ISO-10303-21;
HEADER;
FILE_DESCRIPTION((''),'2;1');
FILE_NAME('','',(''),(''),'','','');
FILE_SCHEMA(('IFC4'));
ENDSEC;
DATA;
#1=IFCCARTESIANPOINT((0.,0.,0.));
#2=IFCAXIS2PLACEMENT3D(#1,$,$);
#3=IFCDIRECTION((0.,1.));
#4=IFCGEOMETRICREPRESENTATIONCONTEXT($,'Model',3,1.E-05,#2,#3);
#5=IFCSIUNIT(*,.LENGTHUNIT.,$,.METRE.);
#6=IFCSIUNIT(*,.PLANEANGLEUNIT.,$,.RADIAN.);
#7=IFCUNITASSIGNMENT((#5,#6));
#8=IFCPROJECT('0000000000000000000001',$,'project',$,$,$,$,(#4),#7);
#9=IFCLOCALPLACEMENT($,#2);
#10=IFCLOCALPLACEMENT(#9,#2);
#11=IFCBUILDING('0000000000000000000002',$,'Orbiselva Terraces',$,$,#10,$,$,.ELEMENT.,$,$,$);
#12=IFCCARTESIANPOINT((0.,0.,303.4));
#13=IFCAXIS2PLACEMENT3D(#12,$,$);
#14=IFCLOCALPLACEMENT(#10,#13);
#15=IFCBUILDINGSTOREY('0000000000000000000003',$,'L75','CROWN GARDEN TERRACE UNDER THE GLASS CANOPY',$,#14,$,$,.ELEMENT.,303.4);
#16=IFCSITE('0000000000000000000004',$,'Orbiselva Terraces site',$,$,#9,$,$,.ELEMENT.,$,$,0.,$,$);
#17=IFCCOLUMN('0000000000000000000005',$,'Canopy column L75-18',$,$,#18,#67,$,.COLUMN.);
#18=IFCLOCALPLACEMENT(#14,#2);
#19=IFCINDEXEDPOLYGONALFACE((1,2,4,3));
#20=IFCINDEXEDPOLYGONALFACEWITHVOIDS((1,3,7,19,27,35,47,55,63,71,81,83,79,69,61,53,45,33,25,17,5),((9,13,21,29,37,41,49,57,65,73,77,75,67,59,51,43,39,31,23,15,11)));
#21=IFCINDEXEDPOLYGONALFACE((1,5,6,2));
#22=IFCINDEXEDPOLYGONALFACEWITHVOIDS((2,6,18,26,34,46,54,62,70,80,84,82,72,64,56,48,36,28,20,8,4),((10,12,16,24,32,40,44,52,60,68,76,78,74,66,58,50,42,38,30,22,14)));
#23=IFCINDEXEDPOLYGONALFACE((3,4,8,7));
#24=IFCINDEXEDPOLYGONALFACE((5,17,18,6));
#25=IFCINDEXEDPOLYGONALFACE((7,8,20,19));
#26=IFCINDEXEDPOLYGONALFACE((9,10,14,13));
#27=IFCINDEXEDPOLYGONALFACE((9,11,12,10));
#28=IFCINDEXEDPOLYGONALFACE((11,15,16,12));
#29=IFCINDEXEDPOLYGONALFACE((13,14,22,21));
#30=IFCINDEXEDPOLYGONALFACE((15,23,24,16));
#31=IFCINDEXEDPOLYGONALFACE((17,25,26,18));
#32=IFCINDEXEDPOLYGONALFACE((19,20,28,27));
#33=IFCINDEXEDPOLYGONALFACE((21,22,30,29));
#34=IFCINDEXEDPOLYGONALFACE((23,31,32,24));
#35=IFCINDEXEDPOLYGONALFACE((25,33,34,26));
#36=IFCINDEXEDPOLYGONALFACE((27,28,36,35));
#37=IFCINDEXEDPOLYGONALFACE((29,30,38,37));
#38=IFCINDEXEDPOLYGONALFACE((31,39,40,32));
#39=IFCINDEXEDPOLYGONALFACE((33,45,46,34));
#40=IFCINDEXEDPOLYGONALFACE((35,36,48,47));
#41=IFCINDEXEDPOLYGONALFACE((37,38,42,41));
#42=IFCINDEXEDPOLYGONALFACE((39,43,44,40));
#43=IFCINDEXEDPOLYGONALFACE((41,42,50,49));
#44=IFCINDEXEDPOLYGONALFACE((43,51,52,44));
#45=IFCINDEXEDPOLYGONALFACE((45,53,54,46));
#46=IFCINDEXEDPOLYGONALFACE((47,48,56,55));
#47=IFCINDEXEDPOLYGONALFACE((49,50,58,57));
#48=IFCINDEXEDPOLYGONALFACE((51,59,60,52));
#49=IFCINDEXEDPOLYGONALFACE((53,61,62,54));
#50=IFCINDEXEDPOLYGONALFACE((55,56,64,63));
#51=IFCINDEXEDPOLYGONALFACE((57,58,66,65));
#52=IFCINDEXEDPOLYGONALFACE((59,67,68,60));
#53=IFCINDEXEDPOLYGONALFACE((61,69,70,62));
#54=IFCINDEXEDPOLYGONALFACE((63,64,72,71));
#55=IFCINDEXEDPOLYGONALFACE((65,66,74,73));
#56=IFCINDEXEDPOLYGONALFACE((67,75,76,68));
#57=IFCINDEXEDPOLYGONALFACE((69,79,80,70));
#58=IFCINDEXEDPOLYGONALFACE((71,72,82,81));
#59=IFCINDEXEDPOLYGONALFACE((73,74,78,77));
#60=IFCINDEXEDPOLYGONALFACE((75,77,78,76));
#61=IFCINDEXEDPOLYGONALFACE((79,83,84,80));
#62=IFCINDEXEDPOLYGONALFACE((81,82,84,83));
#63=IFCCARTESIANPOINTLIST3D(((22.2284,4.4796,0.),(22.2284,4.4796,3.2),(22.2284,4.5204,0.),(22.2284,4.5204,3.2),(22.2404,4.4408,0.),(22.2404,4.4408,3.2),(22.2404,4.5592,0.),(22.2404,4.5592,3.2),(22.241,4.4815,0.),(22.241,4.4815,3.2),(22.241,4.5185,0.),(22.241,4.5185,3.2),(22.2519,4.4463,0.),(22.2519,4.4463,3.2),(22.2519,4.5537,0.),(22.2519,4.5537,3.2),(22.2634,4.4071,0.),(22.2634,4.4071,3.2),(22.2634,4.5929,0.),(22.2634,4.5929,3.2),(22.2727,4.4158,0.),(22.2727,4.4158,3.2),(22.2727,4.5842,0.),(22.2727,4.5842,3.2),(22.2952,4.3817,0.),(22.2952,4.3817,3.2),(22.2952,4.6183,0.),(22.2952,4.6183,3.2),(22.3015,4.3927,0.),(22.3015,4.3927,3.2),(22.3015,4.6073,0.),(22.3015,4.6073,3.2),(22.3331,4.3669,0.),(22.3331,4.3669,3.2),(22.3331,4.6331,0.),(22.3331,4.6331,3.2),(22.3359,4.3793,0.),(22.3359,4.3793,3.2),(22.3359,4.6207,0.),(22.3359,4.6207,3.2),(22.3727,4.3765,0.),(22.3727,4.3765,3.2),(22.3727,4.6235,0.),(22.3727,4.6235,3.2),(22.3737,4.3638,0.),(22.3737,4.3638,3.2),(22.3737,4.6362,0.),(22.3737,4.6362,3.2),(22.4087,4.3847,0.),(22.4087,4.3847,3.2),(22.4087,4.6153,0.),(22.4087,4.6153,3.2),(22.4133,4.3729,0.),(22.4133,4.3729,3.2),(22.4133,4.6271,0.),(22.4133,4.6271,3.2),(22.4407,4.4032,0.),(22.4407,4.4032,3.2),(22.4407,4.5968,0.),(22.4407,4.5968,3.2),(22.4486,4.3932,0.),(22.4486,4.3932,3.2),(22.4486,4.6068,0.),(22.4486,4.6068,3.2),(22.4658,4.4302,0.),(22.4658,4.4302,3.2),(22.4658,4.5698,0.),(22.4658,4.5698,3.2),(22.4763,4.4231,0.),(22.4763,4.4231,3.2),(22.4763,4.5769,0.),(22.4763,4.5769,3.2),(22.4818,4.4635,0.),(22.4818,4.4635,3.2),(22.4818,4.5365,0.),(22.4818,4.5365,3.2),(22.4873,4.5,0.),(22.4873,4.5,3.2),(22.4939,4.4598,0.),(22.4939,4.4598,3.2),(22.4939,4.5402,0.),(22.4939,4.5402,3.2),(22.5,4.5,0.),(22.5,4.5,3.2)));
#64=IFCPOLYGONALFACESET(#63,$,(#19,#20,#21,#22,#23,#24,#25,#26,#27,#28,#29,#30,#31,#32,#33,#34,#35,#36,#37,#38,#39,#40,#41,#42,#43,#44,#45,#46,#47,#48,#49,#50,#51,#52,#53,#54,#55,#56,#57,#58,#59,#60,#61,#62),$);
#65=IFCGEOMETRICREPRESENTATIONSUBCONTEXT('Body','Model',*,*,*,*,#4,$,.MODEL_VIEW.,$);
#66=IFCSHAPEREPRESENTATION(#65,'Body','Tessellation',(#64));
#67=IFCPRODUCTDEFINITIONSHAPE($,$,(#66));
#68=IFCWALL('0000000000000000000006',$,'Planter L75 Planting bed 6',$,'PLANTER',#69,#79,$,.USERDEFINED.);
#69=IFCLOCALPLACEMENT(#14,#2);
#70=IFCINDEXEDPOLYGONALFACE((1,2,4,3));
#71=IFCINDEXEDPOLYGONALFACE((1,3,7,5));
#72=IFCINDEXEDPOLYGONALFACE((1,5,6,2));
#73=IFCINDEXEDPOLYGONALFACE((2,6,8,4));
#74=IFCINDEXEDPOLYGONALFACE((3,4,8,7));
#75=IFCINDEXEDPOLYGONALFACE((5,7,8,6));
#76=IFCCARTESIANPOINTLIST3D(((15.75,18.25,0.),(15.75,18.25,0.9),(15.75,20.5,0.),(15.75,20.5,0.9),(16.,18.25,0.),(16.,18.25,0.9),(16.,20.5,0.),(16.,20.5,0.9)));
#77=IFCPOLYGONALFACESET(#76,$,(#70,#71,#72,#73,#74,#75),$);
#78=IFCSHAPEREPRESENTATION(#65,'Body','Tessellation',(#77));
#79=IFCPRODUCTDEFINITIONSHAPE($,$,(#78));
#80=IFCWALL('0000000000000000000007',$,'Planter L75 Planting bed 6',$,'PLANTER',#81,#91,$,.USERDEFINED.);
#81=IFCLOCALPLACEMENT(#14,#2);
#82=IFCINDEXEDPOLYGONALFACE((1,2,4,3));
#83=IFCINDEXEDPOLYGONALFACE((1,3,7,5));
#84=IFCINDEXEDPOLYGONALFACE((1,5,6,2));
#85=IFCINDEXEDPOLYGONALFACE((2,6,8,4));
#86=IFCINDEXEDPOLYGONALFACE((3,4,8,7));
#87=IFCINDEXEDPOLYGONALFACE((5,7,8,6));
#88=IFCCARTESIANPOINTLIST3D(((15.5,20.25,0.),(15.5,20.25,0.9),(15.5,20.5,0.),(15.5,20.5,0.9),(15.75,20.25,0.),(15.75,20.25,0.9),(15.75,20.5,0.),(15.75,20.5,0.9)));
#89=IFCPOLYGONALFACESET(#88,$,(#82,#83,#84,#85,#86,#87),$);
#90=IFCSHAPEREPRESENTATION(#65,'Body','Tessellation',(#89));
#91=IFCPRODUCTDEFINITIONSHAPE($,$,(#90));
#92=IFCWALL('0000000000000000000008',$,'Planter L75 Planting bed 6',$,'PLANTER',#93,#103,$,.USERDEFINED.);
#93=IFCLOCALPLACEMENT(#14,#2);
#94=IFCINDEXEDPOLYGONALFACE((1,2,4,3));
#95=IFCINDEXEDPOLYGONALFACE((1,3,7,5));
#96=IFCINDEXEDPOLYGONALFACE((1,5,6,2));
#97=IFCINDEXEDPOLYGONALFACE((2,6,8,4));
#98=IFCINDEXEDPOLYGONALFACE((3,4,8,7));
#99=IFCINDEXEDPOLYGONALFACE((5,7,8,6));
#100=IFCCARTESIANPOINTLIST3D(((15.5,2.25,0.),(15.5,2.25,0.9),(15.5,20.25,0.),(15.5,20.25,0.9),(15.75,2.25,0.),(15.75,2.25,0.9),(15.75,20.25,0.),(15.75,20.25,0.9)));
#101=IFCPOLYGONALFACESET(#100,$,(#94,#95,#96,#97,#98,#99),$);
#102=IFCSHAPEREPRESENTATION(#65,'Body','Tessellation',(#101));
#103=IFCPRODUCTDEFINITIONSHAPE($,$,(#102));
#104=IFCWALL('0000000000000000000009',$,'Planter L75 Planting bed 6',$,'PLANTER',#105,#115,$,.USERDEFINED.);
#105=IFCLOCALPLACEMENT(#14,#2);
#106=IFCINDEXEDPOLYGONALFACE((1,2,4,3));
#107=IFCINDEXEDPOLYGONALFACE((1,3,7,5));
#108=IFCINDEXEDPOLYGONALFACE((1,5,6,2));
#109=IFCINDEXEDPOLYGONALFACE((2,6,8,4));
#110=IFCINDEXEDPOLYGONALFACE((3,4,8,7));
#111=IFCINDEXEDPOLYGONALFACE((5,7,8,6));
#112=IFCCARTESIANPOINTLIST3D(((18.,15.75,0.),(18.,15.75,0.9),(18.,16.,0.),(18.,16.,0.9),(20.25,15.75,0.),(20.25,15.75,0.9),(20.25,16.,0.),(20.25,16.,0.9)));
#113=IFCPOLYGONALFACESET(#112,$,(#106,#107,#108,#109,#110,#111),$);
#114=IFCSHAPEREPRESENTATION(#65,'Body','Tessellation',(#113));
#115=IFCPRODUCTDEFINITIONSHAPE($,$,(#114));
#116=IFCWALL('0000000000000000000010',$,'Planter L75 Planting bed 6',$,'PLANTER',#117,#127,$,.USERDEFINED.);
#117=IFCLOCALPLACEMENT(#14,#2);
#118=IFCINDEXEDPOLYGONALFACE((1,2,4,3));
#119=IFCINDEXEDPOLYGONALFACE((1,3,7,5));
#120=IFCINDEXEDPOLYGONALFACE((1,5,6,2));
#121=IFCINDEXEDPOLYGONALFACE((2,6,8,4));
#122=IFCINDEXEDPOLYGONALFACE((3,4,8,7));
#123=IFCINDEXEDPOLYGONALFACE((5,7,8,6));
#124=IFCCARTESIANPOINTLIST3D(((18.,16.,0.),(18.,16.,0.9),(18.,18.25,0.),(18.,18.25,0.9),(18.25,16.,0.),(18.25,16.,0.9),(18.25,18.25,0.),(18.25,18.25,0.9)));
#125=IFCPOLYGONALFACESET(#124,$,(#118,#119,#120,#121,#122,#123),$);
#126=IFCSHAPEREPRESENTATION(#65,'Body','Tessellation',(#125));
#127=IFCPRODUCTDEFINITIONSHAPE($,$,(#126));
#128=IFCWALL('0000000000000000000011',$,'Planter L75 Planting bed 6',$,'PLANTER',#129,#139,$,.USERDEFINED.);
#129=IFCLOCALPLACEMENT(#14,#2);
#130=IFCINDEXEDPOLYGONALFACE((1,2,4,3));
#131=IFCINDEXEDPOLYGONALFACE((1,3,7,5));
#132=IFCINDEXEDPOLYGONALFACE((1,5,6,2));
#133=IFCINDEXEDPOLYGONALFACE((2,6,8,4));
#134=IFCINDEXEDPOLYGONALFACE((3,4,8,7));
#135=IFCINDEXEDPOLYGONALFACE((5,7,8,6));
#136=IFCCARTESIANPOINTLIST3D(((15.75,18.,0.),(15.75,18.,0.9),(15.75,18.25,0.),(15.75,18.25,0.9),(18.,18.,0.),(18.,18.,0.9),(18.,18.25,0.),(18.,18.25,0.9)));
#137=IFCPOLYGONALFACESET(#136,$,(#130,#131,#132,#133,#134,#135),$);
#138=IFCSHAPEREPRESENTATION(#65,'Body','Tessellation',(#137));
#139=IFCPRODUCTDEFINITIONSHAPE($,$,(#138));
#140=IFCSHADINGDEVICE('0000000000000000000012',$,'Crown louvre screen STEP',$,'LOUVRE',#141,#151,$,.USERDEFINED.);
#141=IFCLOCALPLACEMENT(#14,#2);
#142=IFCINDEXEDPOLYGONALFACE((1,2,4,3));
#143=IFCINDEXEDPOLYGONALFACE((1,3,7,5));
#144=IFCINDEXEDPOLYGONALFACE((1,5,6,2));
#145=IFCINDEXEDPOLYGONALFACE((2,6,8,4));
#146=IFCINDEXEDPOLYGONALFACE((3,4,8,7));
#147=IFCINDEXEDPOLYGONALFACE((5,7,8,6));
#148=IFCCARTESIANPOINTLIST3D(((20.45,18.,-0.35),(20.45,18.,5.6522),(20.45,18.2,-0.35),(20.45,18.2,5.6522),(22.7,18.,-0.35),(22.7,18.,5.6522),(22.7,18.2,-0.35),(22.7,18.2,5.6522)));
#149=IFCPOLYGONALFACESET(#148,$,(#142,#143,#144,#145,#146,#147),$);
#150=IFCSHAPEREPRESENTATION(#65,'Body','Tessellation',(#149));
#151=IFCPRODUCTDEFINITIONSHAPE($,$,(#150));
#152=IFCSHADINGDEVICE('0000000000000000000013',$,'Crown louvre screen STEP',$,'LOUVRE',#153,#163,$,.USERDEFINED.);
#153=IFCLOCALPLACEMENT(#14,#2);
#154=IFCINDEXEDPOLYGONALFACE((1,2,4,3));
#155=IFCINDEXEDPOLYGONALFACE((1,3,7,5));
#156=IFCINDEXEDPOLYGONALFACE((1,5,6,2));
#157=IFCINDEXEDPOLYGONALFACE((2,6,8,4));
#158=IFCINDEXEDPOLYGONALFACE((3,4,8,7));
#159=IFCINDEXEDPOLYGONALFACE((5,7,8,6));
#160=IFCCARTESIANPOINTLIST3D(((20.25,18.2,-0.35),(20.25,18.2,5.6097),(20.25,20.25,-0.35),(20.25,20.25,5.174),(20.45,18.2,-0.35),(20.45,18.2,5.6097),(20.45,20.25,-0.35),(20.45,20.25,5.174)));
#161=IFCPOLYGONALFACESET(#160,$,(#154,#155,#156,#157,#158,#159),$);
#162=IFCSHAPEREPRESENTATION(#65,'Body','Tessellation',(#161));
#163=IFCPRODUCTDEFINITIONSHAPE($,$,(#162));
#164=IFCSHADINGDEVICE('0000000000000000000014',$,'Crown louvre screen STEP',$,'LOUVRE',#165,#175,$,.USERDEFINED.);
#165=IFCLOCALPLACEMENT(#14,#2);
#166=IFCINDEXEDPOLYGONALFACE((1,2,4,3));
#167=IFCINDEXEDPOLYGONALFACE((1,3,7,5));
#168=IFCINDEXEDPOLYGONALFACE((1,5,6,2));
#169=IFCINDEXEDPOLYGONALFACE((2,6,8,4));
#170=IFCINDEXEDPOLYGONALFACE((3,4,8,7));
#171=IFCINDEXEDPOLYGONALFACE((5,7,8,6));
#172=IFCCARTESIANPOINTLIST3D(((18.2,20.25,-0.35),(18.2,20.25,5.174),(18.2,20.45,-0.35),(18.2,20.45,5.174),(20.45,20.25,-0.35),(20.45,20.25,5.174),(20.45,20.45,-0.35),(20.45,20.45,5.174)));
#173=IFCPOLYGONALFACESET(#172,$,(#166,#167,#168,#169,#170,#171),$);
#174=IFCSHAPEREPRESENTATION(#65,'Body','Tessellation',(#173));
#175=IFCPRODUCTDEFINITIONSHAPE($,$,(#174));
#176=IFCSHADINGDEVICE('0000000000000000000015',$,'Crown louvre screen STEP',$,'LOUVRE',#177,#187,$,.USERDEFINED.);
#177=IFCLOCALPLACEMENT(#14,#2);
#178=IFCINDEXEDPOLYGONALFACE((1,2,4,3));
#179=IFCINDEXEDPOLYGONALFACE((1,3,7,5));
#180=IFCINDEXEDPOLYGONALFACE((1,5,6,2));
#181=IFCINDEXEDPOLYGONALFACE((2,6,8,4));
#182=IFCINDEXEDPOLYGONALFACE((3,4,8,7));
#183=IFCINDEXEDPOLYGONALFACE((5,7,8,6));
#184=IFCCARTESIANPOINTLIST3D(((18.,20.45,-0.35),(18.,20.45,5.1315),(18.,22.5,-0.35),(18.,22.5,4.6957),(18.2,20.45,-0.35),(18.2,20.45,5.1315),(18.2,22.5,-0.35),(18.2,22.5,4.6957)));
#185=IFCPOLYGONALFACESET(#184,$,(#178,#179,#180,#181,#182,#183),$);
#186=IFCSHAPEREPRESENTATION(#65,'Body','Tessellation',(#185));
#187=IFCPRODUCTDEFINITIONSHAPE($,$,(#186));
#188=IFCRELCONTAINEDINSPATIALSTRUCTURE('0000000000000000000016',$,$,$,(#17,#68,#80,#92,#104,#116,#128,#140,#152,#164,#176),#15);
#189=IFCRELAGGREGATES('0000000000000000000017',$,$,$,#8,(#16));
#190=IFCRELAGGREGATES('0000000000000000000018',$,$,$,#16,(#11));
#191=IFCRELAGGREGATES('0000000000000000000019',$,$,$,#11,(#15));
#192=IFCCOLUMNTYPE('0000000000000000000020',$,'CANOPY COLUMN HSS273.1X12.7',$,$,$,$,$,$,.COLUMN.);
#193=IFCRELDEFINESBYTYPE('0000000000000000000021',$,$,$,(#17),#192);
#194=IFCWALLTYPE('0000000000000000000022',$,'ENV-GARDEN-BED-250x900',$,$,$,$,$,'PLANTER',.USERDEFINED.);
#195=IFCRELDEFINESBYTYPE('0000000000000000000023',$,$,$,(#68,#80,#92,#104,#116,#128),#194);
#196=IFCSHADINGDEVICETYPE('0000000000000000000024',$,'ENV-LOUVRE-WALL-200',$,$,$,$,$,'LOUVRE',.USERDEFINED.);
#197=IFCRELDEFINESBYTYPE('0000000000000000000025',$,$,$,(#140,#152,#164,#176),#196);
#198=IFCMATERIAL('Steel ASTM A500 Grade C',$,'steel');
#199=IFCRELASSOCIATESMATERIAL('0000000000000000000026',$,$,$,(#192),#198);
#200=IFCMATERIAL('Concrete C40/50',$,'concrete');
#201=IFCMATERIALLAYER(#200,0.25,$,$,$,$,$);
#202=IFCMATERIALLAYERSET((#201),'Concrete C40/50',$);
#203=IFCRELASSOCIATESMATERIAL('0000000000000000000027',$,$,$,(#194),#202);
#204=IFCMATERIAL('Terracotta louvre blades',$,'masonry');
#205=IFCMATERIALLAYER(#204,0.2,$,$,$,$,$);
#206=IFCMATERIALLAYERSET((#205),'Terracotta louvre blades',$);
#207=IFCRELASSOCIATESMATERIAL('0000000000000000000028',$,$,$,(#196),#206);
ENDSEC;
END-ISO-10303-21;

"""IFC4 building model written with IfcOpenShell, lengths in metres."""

from ifc_helpers import new_model, si_unit, direction, frame, frame_2d, origin, origin_2d, place, context, subcontext, project, spatial, polyline, rectangle, hollow_circle, outline, extrude, material, layer, layer_set, material_profile, profile_set, type_object, element, save


model = new_model("IFC4")

# Units and contexts
model_context = context("Model", 3, precision=1e-05, world=origin(), true_north=direction((0.0, 1.0)))
body_context = subcontext(model_context, "Body", "Model", "MODEL_VIEW")
ifc_project = project(units=[si_unit("LENGTHUNIT", "METRE"), si_unit("PLANEANGLEUNIT", "RADIAN")], contexts=[model_context])

# Site, building, storey
site_placement = place(None, origin())
site = spatial("IfcSite", under=ifc_project, at=site_placement, Name="Orbiselva Terraces site", CompositionType="ELEMENT", RefElevation=0.0)
building_placement = place(site_placement, origin())
building = spatial("IfcBuilding", under=site, at=building_placement, Name="Orbiselva Terraces", CompositionType="ELEMENT")
storey_placement = place(building_placement, frame((0.0, 0.0, 303.4)))
storey = spatial("IfcBuildingStorey", under=building, at=storey_placement, Name="L75", Description="CROWN GARDEN TERRACE UNDER THE GLASS CANOPY", CompositionType="ELEMENT", Elevation=303.4)

# Column
ifc_material_1 = material(Name="Steel ASTM A500 Grade C", Category="steel")
ifc_material_profile = material_profile(ifc_material_1, hollow_circle(Radius=0.1366, WallThickness=0.0127, at=origin_2d()), Name="HSS273.1X12.7")
ifc_profile_set = profile_set([ifc_material_profile], Name="Steel ASTM A500 Grade C")
column_type = type_object("IfcColumnType", Name="CANOPY COLUMN HSS273.1X12.7", PredefinedType="COLUMN", material=ifc_profile_set)
for number, where, z_axis, x_axis, name in (
    (1, (22.3635, 4.5, 0.0), (0.0, 0.0, 1.0), (1.0, 0.0, 0.0), "Canopy column L75-18"),
):
    element("IfcColumn", number, at=place(storey_placement, frame(where, z_axis=z_axis, x_axis=x_axis)), inside=storey, type_object=column_type, Name=name, PredefinedType="COLUMN", context=body_context, shape_type="SweptSolid", body=[
        extrude(hollow_circle(Radius=0.1366, WallThickness=0.0127, at=origin_2d()), origin(), (0.0, 0.0, 1.0), 3.2),
    ])

# Walls
ifc_material_2 = material(Name="Concrete C40/50", Category="concrete")
ifc_layer_1 = layer(ifc_material_2, 0.25)
ifc_layer_set_1 = layer_set([ifc_layer_1], Name="Concrete C40/50")
wall_type = type_object("IfcWallType", Name="ENV-GARDEN-BED-250x900", ElementType="PLANTER", PredefinedType="USERDEFINED", material=ifc_layer_set_1)
wall_1_placement = place(storey_placement, frame((15.875, 18.25, 0.0), z_axis=(0.0, 0.0, 1.0), x_axis=(0.0, 1.0, 0.0)))
element("IfcWall", 2, at=wall_1_placement, inside=storey, type_object=wall_type, Name="Planter L75 Planting bed 6", ObjectType="PLANTER", PredefinedType="USERDEFINED", context=body_context, shape_type="SweptSolid", body=[
    extrude(rectangle(XDim=2.25, YDim=0.25, at=frame_2d((1.125, 0.0))), origin(), (0.0, 0.0, 1.0), 0.9),
])
wall_2_placement = place(storey_placement, frame((15.75, 20.375, 0.0), z_axis=(0.0, 0.0, 1.0), x_axis=(-1.0, 0.0, 0.0)))
element("IfcWall", 3, at=wall_2_placement, inside=storey, type_object=wall_type, Name="Planter L75 Planting bed 6", ObjectType="PLANTER", PredefinedType="USERDEFINED", context=body_context, shape_type="SweptSolid", body=[
    extrude(rectangle(XDim=0.25, YDim=0.25, at=frame_2d((0.125, 0.0))), origin(), (0.0, 0.0, 1.0), 0.9),
])
wall_3_placement = place(storey_placement, frame((15.625, 20.25, 0.0), z_axis=(0.0, 0.0, 1.0), x_axis=(0.0, -1.0, 0.0)))
element("IfcWall", 4, at=wall_3_placement, inside=storey, type_object=wall_type, Name="Planter L75 Planting bed 6", ObjectType="PLANTER", PredefinedType="USERDEFINED", context=body_context, shape_type="SweptSolid", body=[
    extrude(rectangle(XDim=18.0, YDim=0.25, at=frame_2d((9.0, 0.0))), origin(), (0.0, 0.0, 1.0), 0.9),
])
for number, where, z_axis, x_axis, name in (
    (5, (20.25, 15.875, 0.0), (0.0, 0.0, 1.0), (-1.0, 0.0, 0.0), "Planter L75 Planting bed 6"),
    (6, (18.125, 16.0, 0.0), (0.0, 0.0, 1.0), (0.0, 1.0, 0.0), "Planter L75 Planting bed 6"),
    (7, (18.0, 18.125, 0.0), (0.0, 0.0, 1.0), (-1.0, 0.0, 0.0), "Planter L75 Planting bed 6"),
):
    element("IfcWall", number, at=place(storey_placement, frame(where, z_axis=z_axis, x_axis=x_axis)), inside=storey, type_object=wall_type, Name=name, ObjectType="PLANTER", PredefinedType="USERDEFINED", context=body_context, shape_type="SweptSolid", body=[
        extrude(rectangle(XDim=2.25, YDim=0.25, at=frame_2d((1.125, 0.0))), origin(), (0.0, 0.0, 1.0), 0.9),
    ])

# Shading devices
ifc_material_3 = material(Name="Terracotta louvre blades", Category="masonry")
ifc_layer_2 = layer(ifc_material_3, 0.2)
ifc_layer_set_2 = layer_set([ifc_layer_2], Name="Terracotta louvre blades")
shading_device_type = type_object("IfcShadingDeviceType", Name="ENV-LOUVRE-WALL-200", ElementType="LOUVRE", PredefinedType="USERDEFINED", material=ifc_layer_set_2)
shading_device_1_placement = place(storey_placement, frame((22.7, 18.1, -0.35), z_axis=(0.0, 0.0, 1.0), x_axis=(-1.0, 0.0, 0.0)))
element("IfcShadingDevice", 8, at=shading_device_1_placement, inside=storey, type_object=shading_device_type, Name="Crown louvre screen STEP", ObjectType="LOUVRE", PredefinedType="USERDEFINED", context=body_context, shape_type="SweptSolid", body=[
    extrude(outline(polyline([(0.0, 0.0), (2.25, 0.0), (2.25, 6.0022), (0.0, 6.0022), (0.0, 0.0)])), frame((0.0, 0.1, 0.0), z_axis=(0.0, -1.0, 0.0), x_axis=(1.0, 0.0, 0.0)), (0.0, 0.0, 1.0), 0.2),
])
shading_device_2_placement = place(storey_placement, frame((20.35, 18.2, -0.35), z_axis=(0.0, 0.0, 1.0), x_axis=(0.0, 1.0, 0.0)))
element("IfcShadingDevice", 9, at=shading_device_2_placement, inside=storey, type_object=shading_device_type, Name="Crown louvre screen STEP", ObjectType="LOUVRE", PredefinedType="USERDEFINED", context=body_context, shape_type="SweptSolid", body=[
    extrude(outline(polyline([(0.0, 0.0), (2.05, 0.0), (2.05, 5.524), (0.0, 5.9597), (0.0, 0.0)])), frame((0.0, 0.1, 0.0), z_axis=(0.0, -1.0, 0.0), x_axis=(1.0, 0.0, 0.0)), (0.0, 0.0, 1.0), 0.2),
])
shading_device_3_placement = place(storey_placement, frame((20.45, 20.35, -0.35), z_axis=(0.0, 0.0, 1.0), x_axis=(-1.0, 0.0, 0.0)))
element("IfcShadingDevice", 10, at=shading_device_3_placement, inside=storey, type_object=shading_device_type, Name="Crown louvre screen STEP", ObjectType="LOUVRE", PredefinedType="USERDEFINED", context=body_context, shape_type="SweptSolid", body=[
    extrude(outline(polyline([(0.0, 0.0), (2.25, 0.0), (2.25, 5.524), (0.0, 5.524), (0.0, 0.0)])), frame((0.0, 0.1, 0.0), z_axis=(0.0, -1.0, 0.0), x_axis=(1.0, 0.0, 0.0)), (0.0, 0.0, 1.0), 0.2),
])
shading_device_4_placement = place(storey_placement, frame((18.1, 20.45, -0.35), z_axis=(0.0, 0.0, 1.0), x_axis=(0.0, 1.0, 0.0)))
element("IfcShadingDevice", 11, at=shading_device_4_placement, inside=storey, type_object=shading_device_type, Name="Crown louvre screen STEP", ObjectType="LOUVRE", PredefinedType="USERDEFINED", context=body_context, shape_type="SweptSolid", body=[
    extrude(outline(polyline([(0.0, 0.0), (2.05, 0.0), (2.05, 5.0457), (0.0, 5.4815), (0.0, 0.0)])), frame((0.0, 0.1, 0.0), z_axis=(0.0, -1.0, 0.0), x_axis=(1.0, 0.0, 0.0)), (0.0, 0.0, 1.0), 0.2),
])

save(model, "model.ifc")
